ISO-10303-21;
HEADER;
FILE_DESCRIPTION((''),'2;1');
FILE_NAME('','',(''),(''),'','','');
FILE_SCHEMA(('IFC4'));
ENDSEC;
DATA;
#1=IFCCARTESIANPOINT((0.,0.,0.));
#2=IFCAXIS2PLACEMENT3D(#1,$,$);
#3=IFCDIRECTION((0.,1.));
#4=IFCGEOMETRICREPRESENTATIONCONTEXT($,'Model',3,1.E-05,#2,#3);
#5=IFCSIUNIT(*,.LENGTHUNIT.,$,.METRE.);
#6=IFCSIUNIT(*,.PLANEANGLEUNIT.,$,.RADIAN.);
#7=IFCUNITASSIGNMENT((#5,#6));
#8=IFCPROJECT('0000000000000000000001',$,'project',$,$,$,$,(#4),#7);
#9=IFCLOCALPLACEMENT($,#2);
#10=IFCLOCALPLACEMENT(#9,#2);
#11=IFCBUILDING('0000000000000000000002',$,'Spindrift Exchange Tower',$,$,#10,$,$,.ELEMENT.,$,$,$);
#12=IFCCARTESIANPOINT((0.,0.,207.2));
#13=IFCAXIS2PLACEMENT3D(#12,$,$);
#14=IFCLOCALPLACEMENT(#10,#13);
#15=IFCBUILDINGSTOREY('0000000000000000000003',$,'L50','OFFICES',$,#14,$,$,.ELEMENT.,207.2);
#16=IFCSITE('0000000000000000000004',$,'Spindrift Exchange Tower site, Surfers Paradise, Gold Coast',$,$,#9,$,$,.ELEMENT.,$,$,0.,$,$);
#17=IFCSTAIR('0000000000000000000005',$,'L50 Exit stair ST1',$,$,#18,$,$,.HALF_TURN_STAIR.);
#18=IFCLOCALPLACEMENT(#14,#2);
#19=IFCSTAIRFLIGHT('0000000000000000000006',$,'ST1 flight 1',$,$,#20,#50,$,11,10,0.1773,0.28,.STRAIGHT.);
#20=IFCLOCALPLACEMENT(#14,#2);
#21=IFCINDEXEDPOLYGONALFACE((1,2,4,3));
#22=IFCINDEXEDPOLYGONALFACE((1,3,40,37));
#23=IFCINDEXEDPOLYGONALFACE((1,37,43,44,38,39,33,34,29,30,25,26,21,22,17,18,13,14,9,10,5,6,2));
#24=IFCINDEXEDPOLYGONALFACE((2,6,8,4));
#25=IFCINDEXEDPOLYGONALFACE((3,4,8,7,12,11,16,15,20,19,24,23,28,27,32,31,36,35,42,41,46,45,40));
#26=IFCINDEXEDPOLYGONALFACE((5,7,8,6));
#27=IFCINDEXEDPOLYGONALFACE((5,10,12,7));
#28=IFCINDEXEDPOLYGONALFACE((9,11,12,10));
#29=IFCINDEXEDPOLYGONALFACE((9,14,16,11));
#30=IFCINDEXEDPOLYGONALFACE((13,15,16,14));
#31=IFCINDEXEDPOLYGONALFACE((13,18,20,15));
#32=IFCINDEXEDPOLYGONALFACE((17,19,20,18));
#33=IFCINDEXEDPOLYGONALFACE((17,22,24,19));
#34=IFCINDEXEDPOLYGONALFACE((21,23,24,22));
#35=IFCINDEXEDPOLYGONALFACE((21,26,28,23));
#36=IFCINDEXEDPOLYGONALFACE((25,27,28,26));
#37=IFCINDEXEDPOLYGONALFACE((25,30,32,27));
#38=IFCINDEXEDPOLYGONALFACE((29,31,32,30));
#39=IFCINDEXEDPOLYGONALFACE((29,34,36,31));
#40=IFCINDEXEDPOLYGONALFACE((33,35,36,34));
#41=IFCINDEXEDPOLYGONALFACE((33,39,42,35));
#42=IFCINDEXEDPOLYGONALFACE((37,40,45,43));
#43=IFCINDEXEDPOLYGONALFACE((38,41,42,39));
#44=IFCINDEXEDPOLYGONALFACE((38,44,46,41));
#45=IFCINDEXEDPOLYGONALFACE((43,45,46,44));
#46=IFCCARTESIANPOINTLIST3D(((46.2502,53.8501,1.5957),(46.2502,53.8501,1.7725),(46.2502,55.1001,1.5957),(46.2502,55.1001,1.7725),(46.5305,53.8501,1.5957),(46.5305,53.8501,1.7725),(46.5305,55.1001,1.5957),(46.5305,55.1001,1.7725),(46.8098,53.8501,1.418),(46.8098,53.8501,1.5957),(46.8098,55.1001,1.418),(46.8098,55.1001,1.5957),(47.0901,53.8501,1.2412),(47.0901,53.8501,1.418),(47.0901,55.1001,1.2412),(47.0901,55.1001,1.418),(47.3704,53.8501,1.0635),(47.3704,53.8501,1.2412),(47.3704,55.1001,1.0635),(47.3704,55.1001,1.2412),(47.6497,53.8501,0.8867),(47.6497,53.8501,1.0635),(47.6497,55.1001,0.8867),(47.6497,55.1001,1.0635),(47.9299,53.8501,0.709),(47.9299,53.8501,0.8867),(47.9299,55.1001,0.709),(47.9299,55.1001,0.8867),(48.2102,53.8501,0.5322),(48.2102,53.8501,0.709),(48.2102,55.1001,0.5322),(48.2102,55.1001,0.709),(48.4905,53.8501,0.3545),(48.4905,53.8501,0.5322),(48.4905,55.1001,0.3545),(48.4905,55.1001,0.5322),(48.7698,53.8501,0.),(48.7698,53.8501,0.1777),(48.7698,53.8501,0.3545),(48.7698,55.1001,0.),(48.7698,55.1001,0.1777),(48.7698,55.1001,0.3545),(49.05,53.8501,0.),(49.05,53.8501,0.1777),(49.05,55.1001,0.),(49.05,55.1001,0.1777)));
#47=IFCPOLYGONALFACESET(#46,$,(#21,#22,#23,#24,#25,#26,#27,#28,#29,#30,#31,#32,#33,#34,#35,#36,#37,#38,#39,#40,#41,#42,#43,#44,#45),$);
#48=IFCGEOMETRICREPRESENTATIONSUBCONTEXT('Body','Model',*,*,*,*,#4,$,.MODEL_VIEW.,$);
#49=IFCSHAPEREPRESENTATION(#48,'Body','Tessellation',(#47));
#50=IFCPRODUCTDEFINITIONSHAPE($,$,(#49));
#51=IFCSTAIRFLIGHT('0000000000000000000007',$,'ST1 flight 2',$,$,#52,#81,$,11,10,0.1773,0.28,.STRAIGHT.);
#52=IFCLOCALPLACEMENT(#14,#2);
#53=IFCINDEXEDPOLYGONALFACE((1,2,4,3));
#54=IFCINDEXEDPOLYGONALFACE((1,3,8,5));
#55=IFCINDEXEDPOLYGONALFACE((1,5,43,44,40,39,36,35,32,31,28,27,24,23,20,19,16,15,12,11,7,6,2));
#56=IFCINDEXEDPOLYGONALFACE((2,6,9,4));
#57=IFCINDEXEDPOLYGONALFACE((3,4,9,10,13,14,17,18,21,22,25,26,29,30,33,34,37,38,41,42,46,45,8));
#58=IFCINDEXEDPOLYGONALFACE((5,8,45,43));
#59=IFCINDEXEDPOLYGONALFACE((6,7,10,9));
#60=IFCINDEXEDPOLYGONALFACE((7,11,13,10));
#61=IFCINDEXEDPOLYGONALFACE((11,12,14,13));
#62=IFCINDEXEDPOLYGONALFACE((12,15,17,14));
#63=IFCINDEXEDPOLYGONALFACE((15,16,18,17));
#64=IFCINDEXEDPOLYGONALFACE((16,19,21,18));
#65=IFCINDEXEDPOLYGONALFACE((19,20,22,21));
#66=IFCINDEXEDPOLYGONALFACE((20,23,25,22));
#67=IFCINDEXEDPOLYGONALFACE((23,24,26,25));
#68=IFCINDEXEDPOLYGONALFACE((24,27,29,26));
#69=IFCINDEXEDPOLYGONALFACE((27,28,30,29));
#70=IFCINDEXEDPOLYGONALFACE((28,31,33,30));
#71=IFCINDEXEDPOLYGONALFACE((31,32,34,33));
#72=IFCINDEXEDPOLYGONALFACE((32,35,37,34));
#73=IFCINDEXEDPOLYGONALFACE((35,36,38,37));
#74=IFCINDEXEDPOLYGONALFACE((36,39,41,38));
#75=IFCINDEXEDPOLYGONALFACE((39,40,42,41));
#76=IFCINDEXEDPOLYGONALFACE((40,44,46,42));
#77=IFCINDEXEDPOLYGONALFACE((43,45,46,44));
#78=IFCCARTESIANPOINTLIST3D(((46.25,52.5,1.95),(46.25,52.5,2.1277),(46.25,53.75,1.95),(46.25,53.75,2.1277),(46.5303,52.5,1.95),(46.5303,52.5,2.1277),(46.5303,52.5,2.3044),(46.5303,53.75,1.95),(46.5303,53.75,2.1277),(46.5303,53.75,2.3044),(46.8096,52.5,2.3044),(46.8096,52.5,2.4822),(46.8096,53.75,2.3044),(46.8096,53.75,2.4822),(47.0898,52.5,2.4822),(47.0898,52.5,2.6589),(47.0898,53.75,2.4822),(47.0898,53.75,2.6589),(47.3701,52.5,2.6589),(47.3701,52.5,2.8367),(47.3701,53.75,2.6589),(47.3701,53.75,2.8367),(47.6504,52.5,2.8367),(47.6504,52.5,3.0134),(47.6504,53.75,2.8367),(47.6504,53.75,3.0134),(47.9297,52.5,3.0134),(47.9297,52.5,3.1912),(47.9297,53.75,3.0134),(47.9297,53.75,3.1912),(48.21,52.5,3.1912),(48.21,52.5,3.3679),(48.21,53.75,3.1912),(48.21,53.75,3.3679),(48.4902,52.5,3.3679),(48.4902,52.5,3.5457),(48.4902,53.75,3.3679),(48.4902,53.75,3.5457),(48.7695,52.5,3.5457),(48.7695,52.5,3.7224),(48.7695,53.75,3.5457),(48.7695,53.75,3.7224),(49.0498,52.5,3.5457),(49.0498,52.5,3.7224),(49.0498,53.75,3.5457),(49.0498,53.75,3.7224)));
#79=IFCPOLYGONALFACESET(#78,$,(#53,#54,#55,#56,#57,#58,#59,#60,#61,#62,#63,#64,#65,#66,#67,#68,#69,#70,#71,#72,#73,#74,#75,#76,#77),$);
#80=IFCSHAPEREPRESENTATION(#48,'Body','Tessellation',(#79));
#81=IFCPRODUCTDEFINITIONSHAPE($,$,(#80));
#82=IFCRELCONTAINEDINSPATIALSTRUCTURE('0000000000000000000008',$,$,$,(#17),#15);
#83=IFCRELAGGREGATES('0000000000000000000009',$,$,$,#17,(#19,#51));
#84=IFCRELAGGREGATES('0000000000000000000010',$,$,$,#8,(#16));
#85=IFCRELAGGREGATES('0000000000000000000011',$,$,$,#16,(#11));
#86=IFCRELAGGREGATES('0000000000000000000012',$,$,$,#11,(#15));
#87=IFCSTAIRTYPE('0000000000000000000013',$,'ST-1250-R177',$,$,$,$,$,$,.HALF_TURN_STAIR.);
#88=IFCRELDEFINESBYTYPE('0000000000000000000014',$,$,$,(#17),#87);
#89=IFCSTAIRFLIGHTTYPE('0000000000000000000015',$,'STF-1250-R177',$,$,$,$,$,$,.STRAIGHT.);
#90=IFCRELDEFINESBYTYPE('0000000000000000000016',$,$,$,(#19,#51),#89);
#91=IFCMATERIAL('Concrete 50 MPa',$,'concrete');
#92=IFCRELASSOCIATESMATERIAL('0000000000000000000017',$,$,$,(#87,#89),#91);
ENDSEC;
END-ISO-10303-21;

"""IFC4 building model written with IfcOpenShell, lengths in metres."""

from ifc_helpers import new_model, si_unit, direction, frame, origin, place, context, subcontext, project, spatial, line, indexed_curve, outline, extrude, material, type_object, element, aggregate, save


model = new_model("IFC4")

# Units and contexts
model_context = context("Model", 3, precision=1e-05, world=origin(), true_north=direction((0.0, 1.0)))
body_context = subcontext(model_context, "Body", "Model", "MODEL_VIEW")
ifc_project = project(units=[si_unit("LENGTHUNIT", "METRE"), si_unit("PLANEANGLEUNIT", "RADIAN")], contexts=[model_context])

# Site, building, storey
site_placement = place(None, origin())
site = spatial("IfcSite", under=ifc_project, at=site_placement, Name="Spindrift Exchange Tower site, Surfers Paradise, Gold Coast", CompositionType="ELEMENT", RefElevation=0.0)
building_placement = place(site_placement, origin())
building = spatial("IfcBuilding", under=site, at=building_placement, Name="Spindrift Exchange Tower", CompositionType="ELEMENT")
storey_placement = place(building_placement, frame((0.0, 0.0, 207.2)))
storey = spatial("IfcBuildingStorey", under=building, at=storey_placement, Name="L50", Description="OFFICES", CompositionType="ELEMENT", Elevation=207.2)

# Shared definitions
ifc_material_1 = material(Name="Concrete 50 MPa", Category="concrete")

# Stair, stair flights
stair_type = type_object("IfcStairType", Name="ST-1250-R177", PredefinedType="HALF_TURN_STAIR", material=ifc_material_1)
stair_placement = place(storey_placement, origin())
stair = element("IfcStair", 1, at=stair_placement, inside=storey, type_object=stair_type, Name="L50 Exit stair ST1", PredefinedType="HALF_TURN_STAIR")
stair_flight_type = type_object("IfcStairFlightType", Name="STF-1250-R177", PredefinedType="STRAIGHT", material=ifc_material_1)
stair_flight_1_placement = place(storey_placement, frame((49.05, 54.4751, 0.0), z_axis=(0.0, 0.0, 1.0), x_axis=(-1.0, 0.0, 0.0)))
stair_flight_1 = element("IfcStairFlight", 2, at=stair_flight_1_placement, type_object=stair_flight_type, Name="ST1 flight 1", NumberOfRisers=11, NumberOfTreads=10, PredefinedType="STRAIGHT", RiserHeight=0.1773, TreadLength=0.28, context=body_context, shape_type="SweptSolid", body=[
    extrude(outline(indexed_curve([(0.0, 0.0), (0.0, 0.1777), (0.2803, 0.1777), (0.2803, 0.3545), (0.5596, 0.3545), (0.5596, 0.5322), (0.8398, 0.5322), (0.8398, 0.709), (1.1201, 0.709), (1.1201, 0.8867), (1.4004, 0.8867), (1.4004, 1.0635), (1.6797, 1.0635), (1.6797, 1.2412), (1.96, 1.2412), (1.96, 1.418), (2.2402, 1.418), (2.2402, 1.5957), (2.5195, 1.5957), (2.5195, 1.7725), (2.7998, 1.7725), (2.7998, 1.9502), (2.7998, 1.5957), (0.2803, 0.0)], segments=[line(1, 2, 3, 4, 5, 6, 7, 8, 9, 10, 11, 12, 13, 14, 15, 16, 17, 18, 19, 20, 21, 22, 23, 24, 1)], self_intersect=False)), frame((0.0, 0.625, 0.0), z_axis=(0.0, -1.0, 0.0), x_axis=(1.0, 0.0, 0.0)), (0.0, 0.0, 1.0), 1.25),
])
stair_flight_2_placement = place(storey_placement, frame((46.25, 53.125, 1.95), z_axis=(0.0, 0.0, 1.0), x_axis=(1.0, 0.0, 0.0)))
stair_flight_2 = element("IfcStairFlight", 3, at=stair_flight_2_placement, type_object=stair_flight_type, Name="ST1 flight 2", NumberOfRisers=11, NumberOfTreads=10, PredefinedType="STRAIGHT", RiserHeight=0.1773, TreadLength=0.28, context=body_context, shape_type="SweptSolid", body=[
    extrude(outline(indexed_curve([(0.0, 0.0), (0.0, 0.1777), (0.2803, 0.1777), (0.2803, 0.3545), (0.5596, 0.3545), (0.5596, 0.5322), (0.8398, 0.5322), (0.8398, 0.709), (1.1201, 0.709), (1.1201, 0.8867), (1.4004, 0.8867), (1.4004, 1.0635), (1.6797, 1.0635), (1.6797, 1.2412), (1.96, 1.2412), (1.96, 1.418), (2.2402, 1.418), (2.2402, 1.5957), (2.5195, 1.5957), (2.5195, 1.7725), (2.7998, 1.7725), (2.7998, 1.9502), (2.7998, 1.5957), (0.2803, 0.0)], segments=[line(1, 2, 3, 4, 5, 6, 7, 8, 9, 10, 11, 12, 13, 14, 15, 16, 17, 18, 19, 20, 21, 22, 23, 24, 1)], self_intersect=False)), frame((0.0, 0.625, 0.0), z_axis=(0.0, -1.0, 0.0), x_axis=(1.0, 0.0, 0.0)), (0.0, 0.0, 1.0), 1.25),
])
aggregate(stair, [stair_flight_1, stair_flight_2])

save(model, "model.ifc")
